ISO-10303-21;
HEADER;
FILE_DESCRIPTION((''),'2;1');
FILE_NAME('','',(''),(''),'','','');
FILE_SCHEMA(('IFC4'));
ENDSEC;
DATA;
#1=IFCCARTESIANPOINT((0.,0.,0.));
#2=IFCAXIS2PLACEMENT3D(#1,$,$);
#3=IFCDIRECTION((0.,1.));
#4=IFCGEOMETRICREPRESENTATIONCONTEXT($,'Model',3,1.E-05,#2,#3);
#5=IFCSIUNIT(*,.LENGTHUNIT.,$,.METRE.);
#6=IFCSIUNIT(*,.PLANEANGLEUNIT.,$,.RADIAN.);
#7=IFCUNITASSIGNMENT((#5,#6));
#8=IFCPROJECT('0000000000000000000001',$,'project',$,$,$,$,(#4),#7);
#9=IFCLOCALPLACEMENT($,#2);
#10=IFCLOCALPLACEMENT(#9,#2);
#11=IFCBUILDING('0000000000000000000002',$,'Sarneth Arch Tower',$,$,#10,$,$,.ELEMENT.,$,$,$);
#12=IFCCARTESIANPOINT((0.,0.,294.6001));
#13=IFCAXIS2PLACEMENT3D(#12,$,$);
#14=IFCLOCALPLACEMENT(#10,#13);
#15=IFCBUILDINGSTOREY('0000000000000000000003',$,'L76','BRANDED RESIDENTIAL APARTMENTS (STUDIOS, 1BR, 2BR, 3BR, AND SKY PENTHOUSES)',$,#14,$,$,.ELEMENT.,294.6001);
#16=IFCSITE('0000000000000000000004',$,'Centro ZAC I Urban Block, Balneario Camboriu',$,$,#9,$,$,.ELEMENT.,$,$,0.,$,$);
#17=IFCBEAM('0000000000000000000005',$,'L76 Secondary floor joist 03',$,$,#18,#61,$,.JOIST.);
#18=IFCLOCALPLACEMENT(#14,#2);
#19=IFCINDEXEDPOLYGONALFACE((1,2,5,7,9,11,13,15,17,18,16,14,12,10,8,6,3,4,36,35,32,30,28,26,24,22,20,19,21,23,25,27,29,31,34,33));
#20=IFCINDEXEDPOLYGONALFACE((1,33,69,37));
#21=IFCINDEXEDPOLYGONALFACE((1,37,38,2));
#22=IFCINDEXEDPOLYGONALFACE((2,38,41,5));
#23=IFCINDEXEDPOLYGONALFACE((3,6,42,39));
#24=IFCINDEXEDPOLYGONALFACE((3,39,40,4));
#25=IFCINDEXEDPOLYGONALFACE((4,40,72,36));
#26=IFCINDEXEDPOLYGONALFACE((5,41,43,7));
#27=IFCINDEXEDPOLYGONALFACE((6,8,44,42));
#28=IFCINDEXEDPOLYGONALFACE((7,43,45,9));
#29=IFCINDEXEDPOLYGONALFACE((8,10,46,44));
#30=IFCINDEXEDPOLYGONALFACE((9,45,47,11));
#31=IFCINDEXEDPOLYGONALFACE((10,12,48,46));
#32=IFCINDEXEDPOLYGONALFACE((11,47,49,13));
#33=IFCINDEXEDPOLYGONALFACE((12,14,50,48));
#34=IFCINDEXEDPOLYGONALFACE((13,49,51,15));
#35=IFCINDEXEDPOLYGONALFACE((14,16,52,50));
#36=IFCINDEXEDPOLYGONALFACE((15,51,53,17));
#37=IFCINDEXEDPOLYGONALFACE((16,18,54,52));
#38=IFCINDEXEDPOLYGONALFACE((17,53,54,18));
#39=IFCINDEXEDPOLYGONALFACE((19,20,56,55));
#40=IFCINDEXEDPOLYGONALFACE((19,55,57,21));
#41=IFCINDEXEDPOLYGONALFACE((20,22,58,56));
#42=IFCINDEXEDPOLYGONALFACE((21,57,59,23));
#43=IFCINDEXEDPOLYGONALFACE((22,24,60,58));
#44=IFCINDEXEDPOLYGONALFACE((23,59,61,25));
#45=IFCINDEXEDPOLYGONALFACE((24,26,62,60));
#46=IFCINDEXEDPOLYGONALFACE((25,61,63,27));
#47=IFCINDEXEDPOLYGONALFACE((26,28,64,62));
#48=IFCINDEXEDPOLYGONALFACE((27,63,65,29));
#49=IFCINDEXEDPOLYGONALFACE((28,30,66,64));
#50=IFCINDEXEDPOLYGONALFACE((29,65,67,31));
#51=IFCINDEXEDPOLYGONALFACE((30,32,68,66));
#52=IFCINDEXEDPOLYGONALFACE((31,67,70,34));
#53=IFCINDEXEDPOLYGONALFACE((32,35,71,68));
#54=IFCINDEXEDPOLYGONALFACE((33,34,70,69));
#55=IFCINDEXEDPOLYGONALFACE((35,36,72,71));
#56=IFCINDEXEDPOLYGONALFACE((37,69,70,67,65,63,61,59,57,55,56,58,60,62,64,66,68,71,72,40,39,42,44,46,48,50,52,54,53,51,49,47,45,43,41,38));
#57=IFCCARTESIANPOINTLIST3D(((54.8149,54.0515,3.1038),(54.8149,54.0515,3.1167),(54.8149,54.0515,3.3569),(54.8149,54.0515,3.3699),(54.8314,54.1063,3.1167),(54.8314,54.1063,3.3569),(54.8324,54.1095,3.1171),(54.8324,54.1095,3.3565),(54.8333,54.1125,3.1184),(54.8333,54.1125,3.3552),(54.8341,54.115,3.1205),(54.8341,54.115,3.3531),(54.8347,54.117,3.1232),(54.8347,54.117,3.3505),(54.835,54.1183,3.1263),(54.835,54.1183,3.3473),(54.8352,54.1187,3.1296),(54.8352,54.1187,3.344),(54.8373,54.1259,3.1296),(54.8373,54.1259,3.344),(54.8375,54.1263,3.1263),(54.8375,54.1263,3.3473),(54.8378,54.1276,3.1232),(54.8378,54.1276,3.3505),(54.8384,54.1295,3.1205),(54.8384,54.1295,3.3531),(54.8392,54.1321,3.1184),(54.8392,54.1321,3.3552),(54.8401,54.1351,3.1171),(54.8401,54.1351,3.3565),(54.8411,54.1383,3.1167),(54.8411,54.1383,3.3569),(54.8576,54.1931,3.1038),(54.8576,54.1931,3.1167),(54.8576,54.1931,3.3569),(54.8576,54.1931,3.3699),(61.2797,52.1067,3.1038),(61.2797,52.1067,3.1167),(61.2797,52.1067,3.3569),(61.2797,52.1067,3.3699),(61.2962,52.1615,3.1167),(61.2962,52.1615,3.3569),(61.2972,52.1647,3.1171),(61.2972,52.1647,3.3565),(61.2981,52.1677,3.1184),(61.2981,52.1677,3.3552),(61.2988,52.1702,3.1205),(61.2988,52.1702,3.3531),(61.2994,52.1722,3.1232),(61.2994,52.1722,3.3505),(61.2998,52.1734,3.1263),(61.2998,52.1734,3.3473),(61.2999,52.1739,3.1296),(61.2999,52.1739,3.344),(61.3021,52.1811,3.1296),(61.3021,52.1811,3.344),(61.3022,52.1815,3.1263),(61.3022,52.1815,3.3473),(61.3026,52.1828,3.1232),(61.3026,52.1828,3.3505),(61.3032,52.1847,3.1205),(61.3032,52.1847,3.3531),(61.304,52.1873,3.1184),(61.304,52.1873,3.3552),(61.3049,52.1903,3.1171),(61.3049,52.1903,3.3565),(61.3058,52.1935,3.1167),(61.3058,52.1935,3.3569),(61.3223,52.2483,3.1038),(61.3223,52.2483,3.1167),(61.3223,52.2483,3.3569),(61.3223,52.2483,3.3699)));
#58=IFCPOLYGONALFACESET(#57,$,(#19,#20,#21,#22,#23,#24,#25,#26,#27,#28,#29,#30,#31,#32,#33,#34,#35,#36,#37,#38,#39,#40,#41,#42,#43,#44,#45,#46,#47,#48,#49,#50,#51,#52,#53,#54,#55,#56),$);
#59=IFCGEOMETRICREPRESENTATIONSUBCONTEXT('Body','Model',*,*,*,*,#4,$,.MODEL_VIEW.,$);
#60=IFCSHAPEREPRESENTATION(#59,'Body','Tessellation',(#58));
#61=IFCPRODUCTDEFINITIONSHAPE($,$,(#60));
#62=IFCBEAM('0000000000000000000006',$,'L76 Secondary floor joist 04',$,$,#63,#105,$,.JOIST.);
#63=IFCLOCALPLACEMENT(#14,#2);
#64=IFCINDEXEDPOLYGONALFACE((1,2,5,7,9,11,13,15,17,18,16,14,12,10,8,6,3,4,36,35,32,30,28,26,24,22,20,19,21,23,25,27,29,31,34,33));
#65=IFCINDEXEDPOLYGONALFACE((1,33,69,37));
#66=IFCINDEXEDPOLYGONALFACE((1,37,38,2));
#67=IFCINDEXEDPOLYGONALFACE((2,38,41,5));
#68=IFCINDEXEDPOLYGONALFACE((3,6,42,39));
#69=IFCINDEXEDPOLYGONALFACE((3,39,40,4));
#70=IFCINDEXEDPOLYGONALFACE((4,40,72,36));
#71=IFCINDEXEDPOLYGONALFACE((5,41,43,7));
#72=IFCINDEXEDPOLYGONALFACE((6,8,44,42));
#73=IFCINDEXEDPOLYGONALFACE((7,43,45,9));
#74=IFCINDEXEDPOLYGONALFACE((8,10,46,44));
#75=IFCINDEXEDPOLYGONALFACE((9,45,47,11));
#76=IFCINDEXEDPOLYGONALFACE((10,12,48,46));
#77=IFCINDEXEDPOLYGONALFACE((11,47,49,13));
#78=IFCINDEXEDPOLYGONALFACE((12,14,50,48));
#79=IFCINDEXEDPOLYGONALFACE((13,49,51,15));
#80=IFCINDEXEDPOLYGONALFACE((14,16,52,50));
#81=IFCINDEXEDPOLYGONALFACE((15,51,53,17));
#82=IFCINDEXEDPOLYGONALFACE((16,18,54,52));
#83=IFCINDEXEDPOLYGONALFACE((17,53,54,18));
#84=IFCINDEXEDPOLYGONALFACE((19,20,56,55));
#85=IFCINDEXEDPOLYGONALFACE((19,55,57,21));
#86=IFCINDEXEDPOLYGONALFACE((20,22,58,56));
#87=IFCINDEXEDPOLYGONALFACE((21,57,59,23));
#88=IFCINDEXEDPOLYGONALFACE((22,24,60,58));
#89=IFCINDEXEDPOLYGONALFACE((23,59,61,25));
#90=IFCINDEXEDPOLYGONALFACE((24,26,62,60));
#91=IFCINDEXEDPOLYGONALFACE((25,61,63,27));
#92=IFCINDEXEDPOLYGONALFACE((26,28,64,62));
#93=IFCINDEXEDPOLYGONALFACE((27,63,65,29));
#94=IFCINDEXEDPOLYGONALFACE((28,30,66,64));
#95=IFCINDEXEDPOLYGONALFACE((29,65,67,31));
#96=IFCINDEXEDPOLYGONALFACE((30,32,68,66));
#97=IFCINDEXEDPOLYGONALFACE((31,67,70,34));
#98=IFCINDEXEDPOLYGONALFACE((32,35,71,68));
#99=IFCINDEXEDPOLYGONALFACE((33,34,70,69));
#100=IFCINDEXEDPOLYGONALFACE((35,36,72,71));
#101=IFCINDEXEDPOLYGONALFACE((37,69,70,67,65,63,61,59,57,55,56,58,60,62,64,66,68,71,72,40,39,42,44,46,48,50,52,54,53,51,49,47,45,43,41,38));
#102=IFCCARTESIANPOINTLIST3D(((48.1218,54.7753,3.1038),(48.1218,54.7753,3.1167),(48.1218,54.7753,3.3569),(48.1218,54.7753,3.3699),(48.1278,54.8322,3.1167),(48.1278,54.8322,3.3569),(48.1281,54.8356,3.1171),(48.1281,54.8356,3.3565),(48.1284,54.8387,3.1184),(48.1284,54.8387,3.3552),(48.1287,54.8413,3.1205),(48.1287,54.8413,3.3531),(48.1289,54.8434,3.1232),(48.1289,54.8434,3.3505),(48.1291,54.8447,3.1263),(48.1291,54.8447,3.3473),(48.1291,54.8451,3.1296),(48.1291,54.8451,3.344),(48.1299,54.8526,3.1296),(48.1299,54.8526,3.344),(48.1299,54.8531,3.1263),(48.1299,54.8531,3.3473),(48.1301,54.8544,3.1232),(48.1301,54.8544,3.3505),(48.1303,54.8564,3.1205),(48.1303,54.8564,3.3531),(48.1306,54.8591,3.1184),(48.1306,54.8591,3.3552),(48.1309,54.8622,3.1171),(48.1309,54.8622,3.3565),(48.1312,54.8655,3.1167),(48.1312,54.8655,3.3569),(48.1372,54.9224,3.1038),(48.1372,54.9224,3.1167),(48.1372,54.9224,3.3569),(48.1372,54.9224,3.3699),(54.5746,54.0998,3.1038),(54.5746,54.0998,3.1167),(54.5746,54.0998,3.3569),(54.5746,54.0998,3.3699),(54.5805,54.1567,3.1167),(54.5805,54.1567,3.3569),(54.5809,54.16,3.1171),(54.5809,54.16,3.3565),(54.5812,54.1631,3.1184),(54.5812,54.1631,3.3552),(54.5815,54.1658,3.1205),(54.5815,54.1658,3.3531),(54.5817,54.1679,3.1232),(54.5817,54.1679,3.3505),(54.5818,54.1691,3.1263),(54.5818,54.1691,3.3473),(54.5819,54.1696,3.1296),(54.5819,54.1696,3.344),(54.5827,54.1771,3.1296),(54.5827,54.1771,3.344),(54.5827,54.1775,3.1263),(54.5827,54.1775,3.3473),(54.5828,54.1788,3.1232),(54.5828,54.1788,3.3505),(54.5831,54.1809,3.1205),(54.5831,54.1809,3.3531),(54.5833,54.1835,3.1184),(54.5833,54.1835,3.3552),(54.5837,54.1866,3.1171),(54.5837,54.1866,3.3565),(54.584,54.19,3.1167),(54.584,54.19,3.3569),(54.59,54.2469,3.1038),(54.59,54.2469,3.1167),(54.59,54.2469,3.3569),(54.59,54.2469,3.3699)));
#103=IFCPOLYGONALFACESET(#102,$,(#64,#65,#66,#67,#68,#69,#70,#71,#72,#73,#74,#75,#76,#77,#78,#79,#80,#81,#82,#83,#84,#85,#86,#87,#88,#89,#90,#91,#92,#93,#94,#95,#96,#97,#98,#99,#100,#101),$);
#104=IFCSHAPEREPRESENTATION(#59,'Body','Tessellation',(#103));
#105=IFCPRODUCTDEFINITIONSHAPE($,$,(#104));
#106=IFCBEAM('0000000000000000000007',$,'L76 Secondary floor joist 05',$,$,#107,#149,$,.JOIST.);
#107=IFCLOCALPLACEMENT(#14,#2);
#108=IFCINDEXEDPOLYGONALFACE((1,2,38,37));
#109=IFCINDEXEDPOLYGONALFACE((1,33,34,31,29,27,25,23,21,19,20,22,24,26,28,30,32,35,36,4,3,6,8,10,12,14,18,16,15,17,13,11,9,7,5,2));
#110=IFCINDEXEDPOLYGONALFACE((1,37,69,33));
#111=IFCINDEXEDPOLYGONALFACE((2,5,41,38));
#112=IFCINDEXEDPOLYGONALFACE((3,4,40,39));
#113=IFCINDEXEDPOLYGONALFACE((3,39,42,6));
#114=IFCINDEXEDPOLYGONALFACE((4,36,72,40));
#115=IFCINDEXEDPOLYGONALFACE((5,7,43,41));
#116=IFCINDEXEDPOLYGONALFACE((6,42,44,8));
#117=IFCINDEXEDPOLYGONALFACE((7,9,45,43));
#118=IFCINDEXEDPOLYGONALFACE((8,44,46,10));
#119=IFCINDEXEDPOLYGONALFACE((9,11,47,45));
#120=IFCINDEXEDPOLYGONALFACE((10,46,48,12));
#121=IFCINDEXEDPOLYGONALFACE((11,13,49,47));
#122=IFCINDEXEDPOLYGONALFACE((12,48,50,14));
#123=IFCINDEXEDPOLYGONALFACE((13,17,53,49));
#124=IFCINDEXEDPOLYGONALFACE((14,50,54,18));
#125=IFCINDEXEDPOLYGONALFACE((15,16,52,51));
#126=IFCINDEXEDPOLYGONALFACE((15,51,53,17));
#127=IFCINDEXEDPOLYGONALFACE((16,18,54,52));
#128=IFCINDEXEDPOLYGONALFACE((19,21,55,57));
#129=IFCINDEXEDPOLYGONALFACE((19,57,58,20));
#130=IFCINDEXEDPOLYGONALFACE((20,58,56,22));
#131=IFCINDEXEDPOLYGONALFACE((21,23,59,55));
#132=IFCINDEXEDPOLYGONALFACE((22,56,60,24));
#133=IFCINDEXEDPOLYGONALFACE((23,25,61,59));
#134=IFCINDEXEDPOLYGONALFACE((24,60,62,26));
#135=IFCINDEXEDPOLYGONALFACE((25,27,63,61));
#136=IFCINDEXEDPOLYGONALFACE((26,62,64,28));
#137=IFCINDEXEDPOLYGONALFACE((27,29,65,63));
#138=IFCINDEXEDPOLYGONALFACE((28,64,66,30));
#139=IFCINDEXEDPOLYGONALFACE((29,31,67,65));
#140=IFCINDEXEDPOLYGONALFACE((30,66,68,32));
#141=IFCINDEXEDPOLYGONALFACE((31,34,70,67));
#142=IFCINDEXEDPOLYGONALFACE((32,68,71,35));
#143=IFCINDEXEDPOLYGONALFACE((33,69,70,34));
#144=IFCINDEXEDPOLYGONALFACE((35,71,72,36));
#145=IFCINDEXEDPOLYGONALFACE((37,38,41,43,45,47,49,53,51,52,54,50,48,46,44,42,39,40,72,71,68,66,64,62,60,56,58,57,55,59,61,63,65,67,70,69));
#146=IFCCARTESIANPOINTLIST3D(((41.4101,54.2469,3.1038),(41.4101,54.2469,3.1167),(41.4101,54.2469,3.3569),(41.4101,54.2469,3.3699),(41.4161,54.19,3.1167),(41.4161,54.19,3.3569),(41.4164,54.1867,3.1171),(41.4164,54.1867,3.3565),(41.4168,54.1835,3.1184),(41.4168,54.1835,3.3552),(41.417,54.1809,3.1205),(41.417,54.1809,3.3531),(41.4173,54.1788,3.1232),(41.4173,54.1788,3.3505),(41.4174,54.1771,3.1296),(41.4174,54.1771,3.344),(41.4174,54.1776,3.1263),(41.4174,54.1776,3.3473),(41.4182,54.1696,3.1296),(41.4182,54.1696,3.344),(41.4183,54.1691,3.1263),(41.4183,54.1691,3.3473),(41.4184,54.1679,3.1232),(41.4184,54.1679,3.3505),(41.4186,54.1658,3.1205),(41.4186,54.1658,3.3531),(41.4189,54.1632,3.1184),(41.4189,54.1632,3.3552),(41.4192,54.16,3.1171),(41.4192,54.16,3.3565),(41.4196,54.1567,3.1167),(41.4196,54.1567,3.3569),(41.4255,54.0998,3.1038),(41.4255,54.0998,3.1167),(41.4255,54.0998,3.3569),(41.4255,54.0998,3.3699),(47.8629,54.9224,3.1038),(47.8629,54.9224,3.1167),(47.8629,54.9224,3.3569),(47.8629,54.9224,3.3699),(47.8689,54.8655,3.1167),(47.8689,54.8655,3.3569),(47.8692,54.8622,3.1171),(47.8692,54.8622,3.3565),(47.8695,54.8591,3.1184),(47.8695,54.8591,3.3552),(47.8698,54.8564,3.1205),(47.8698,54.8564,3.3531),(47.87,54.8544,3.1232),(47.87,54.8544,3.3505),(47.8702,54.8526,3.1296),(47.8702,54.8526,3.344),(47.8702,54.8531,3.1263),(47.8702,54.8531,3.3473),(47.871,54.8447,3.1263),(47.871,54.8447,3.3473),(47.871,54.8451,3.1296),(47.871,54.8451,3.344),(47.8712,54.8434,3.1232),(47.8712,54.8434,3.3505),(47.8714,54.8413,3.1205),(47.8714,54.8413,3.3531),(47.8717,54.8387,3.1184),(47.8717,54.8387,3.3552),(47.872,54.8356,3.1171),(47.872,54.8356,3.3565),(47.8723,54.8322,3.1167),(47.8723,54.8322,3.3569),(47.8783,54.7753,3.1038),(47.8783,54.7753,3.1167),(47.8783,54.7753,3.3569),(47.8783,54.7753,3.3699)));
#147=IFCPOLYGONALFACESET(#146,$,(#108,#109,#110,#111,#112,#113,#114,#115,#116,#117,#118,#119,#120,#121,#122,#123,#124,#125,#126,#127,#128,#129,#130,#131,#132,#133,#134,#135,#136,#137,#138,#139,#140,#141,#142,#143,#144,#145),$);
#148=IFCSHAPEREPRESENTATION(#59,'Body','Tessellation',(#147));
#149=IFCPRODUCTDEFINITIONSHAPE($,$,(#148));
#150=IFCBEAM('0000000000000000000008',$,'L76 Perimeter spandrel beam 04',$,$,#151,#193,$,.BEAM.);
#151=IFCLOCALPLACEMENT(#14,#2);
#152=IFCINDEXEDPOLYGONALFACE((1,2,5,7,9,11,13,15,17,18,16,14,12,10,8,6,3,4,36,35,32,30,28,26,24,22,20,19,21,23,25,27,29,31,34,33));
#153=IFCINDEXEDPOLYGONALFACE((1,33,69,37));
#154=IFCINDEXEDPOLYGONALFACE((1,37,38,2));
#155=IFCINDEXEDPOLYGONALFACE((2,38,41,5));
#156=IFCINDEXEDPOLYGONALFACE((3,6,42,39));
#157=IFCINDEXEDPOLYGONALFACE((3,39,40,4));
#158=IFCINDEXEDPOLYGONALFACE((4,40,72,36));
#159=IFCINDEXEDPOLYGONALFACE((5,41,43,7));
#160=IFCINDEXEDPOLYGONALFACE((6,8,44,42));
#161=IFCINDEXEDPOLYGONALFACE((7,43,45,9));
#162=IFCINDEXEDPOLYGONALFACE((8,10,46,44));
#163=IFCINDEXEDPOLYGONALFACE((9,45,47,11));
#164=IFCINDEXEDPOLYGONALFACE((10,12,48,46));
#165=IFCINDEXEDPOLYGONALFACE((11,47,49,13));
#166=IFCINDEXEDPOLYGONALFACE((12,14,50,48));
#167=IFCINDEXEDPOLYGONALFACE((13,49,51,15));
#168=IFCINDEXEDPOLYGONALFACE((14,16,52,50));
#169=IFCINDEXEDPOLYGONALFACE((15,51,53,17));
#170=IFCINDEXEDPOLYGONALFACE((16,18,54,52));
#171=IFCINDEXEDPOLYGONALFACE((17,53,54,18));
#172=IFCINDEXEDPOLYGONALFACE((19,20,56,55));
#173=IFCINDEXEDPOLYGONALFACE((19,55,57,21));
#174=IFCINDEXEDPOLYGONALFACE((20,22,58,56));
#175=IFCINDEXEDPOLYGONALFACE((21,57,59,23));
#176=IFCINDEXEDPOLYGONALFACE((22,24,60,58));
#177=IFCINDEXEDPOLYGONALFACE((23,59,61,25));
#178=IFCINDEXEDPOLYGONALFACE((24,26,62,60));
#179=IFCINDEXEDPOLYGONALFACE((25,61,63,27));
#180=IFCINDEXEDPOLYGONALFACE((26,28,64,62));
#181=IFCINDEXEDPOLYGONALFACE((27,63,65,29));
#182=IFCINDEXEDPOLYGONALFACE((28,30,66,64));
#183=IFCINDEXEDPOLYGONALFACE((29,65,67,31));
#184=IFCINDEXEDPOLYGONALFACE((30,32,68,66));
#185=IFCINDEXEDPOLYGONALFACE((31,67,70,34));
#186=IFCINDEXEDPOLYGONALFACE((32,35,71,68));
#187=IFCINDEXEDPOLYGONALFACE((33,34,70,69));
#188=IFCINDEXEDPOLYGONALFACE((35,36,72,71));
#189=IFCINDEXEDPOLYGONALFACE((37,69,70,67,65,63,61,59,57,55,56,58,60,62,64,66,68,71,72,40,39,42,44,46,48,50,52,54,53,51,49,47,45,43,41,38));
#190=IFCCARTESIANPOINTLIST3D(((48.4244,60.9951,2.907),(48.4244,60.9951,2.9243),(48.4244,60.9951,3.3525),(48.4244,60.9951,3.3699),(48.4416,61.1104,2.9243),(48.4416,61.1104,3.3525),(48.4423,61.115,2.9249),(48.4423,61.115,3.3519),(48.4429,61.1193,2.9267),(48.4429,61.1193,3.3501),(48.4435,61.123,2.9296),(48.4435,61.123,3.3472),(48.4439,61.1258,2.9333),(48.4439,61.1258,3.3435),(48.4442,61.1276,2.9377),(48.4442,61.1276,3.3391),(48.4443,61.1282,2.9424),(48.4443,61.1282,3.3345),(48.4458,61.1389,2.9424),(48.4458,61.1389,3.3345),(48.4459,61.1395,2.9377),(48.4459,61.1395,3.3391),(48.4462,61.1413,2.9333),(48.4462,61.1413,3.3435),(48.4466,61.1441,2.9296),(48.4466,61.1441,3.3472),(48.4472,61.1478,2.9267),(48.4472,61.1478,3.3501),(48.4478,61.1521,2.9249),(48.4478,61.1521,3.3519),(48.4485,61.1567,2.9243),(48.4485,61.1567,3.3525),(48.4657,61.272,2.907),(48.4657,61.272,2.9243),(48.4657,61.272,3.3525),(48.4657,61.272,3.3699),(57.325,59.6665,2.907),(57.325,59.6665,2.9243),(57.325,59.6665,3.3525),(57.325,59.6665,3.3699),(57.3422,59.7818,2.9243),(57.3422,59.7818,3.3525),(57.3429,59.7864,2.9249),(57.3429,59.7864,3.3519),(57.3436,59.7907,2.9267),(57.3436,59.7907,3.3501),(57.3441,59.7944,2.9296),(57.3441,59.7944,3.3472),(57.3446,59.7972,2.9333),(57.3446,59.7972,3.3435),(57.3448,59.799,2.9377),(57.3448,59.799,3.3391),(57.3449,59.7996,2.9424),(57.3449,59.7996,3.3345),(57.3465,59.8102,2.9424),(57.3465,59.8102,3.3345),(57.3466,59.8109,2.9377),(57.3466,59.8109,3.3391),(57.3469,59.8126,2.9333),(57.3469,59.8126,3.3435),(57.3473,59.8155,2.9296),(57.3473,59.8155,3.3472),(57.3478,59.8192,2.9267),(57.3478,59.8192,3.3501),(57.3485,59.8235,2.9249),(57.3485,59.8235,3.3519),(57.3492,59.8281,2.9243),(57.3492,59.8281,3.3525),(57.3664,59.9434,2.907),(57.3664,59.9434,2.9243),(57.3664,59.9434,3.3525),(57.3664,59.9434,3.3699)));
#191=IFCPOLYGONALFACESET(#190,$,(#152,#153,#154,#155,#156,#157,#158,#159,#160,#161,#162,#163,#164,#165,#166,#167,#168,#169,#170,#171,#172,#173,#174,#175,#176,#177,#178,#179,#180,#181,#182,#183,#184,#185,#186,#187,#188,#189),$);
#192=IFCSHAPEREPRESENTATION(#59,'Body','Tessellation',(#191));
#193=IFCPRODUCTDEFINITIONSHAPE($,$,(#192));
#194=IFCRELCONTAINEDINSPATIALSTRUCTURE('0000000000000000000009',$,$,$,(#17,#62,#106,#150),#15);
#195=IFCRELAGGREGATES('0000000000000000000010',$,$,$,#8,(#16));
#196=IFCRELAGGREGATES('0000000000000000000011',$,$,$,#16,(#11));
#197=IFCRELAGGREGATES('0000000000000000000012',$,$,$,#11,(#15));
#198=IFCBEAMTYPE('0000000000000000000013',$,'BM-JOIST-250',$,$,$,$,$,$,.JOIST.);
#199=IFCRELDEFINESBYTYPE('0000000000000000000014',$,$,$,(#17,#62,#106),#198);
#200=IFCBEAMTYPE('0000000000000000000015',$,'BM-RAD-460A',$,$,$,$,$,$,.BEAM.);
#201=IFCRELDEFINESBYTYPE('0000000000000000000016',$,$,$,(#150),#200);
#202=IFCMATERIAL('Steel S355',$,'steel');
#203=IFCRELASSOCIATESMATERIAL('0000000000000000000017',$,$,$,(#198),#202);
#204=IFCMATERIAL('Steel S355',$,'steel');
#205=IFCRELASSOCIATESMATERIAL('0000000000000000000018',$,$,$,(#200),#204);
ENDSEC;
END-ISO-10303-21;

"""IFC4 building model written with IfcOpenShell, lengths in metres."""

from ifc_helpers import new_model, si_unit, direction, frame, origin, origin_2d, place, context, subcontext, project, spatial, i_section, extrude, material, material_profile, profile_set, type_object, element, save


model = new_model("IFC4")

# Units and contexts
model_context = context("Model", 3, precision=1e-05, world=origin(), true_north=direction((0.0, 1.0)))
body_context = subcontext(model_context, "Body", "Model", "MODEL_VIEW")
ifc_project = project(units=[si_unit("LENGTHUNIT", "METRE"), si_unit("PLANEANGLEUNIT", "RADIAN")], contexts=[model_context])

# Site, building, storey
site_placement = place(None, origin())
site = spatial("IfcSite", under=ifc_project, at=site_placement, Name="Centro ZAC I Urban Block, Balneario Camboriu", CompositionType="ELEMENT", RefElevation=0.0)
building_placement = place(site_placement, origin())
building = spatial("IfcBuilding", under=site, at=building_placement, Name="Sarneth Arch Tower", CompositionType="ELEMENT")
storey_placement = place(building_placement, frame((0.0, 0.0, 294.6001)))
storey = spatial("IfcBuildingStorey", under=building, at=storey_placement, Name="L76", Description="BRANDED RESIDENTIAL APARTMENTS (STUDIOS, 1BR, 2BR, 3BR, AND SKY PENTHOUSES)", CompositionType="ELEMENT", Elevation=294.6001)

# Beams
ifc_material_1 = material(Name="Steel S355", Category="steel")
ifc_material_profile_1 = material_profile(ifc_material_1, i_section(OverallWidth=0.1479, OverallDepth=0.2661, WebThickness=0.0076, FlangeThickness=0.0129, FilletRadius=0.0129, at=origin_2d()), Name="W250x44.8")
ifc_profile_set_1 = profile_set([ifc_material_profile_1], Name="Steel S355")
beam_type_1 = type_object("IfcBeamType", Name="BM-JOIST-250", PredefinedType="JOIST", material=ifc_profile_set_1)
beam_1_placement = place(storey_placement, frame((61.301, 52.1775, 3.2368), z_axis=(-0.957607, 0.288078, 0.0), x_axis=(-0.288078, -0.957607, 0.0)))
element("IfcBeam", 1, at=beam_1_placement, inside=storey, type_object=beam_type_1, Name="L76 Secondary floor joist 03", PredefinedType="JOIST", context=body_context, shape_type="SweptSolid", body=[
    extrude(i_section(OverallWidth=0.1479, OverallDepth=0.2661, WebThickness=0.0076, FlangeThickness=0.0129, FilletRadius=0.0129, at=origin_2d()), origin(), (0.0, 0.0, 1.0), 6.751),
])
for number, where, z_axis, x_axis, name in (
    (2, (54.5823, 54.1733, 3.2368), (-0.994565, 0.104119, 0.0), (-0.104119, -0.994565, 0.0), "L76 Secondary floor joist 04"),
    (3, (47.8706, 54.8489, 3.2368), (-0.994565, -0.104119, 0.0), (0.104119, -0.994565, 0.0), "L76 Secondary floor joist 05"),
):
    element("IfcBeam", number, at=place(storey_placement, frame(where, z_axis=z_axis, x_axis=x_axis)), inside=storey, type_object=beam_type_1, Name=name, PredefinedType="JOIST", context=body_context, shape_type="SweptSolid", body=[
        extrude(i_section(OverallWidth=0.1479, OverallDepth=0.2661, WebThickness=0.0076, FlangeThickness=0.0129, FilletRadius=0.0129, at=origin_2d()), origin(), (0.0, 0.0, 1.0), 6.488),
    ])
ifc_material_2 = material(Name="Steel S355", Category="steel")
ifc_material_profile_2 = material_profile(ifc_material_2, i_section(OverallWidth=0.28, OverallDepth=0.4629, WebThickness=0.0107, FlangeThickness=0.0173, FilletRadius=0.0181, at=origin_2d()), Name="W460x113")
ifc_profile_set_2 = profile_set([ifc_material_profile_2], Name="Steel S355")
beam_type_2 = type_object("IfcBeamType", Name="BM-RAD-460A", PredefinedType="BEAM", material=ifc_profile_set_2)
beam_2_placement = place(storey_placement, frame((57.3457, 59.8049, 3.1384), z_axis=(-0.989042, 0.147636, 0.0), x_axis=(-0.147636, -0.989042, 0.0)))
element("IfcBeam", 4, at=beam_2_placement, inside=storey, type_object=beam_type_2, Name="L76 Perimeter spandrel beam 04", PredefinedType="BEAM", context=body_context, shape_type="SweptSolid", body=[
    extrude(i_section(OverallWidth=0.28, OverallDepth=0.4629, WebThickness=0.0107, FlangeThickness=0.0173, FilletRadius=0.0181, at=origin_2d()), origin(), (0.0, 0.0, 1.0), 8.9993),
])

save(model, "model.ifc")
